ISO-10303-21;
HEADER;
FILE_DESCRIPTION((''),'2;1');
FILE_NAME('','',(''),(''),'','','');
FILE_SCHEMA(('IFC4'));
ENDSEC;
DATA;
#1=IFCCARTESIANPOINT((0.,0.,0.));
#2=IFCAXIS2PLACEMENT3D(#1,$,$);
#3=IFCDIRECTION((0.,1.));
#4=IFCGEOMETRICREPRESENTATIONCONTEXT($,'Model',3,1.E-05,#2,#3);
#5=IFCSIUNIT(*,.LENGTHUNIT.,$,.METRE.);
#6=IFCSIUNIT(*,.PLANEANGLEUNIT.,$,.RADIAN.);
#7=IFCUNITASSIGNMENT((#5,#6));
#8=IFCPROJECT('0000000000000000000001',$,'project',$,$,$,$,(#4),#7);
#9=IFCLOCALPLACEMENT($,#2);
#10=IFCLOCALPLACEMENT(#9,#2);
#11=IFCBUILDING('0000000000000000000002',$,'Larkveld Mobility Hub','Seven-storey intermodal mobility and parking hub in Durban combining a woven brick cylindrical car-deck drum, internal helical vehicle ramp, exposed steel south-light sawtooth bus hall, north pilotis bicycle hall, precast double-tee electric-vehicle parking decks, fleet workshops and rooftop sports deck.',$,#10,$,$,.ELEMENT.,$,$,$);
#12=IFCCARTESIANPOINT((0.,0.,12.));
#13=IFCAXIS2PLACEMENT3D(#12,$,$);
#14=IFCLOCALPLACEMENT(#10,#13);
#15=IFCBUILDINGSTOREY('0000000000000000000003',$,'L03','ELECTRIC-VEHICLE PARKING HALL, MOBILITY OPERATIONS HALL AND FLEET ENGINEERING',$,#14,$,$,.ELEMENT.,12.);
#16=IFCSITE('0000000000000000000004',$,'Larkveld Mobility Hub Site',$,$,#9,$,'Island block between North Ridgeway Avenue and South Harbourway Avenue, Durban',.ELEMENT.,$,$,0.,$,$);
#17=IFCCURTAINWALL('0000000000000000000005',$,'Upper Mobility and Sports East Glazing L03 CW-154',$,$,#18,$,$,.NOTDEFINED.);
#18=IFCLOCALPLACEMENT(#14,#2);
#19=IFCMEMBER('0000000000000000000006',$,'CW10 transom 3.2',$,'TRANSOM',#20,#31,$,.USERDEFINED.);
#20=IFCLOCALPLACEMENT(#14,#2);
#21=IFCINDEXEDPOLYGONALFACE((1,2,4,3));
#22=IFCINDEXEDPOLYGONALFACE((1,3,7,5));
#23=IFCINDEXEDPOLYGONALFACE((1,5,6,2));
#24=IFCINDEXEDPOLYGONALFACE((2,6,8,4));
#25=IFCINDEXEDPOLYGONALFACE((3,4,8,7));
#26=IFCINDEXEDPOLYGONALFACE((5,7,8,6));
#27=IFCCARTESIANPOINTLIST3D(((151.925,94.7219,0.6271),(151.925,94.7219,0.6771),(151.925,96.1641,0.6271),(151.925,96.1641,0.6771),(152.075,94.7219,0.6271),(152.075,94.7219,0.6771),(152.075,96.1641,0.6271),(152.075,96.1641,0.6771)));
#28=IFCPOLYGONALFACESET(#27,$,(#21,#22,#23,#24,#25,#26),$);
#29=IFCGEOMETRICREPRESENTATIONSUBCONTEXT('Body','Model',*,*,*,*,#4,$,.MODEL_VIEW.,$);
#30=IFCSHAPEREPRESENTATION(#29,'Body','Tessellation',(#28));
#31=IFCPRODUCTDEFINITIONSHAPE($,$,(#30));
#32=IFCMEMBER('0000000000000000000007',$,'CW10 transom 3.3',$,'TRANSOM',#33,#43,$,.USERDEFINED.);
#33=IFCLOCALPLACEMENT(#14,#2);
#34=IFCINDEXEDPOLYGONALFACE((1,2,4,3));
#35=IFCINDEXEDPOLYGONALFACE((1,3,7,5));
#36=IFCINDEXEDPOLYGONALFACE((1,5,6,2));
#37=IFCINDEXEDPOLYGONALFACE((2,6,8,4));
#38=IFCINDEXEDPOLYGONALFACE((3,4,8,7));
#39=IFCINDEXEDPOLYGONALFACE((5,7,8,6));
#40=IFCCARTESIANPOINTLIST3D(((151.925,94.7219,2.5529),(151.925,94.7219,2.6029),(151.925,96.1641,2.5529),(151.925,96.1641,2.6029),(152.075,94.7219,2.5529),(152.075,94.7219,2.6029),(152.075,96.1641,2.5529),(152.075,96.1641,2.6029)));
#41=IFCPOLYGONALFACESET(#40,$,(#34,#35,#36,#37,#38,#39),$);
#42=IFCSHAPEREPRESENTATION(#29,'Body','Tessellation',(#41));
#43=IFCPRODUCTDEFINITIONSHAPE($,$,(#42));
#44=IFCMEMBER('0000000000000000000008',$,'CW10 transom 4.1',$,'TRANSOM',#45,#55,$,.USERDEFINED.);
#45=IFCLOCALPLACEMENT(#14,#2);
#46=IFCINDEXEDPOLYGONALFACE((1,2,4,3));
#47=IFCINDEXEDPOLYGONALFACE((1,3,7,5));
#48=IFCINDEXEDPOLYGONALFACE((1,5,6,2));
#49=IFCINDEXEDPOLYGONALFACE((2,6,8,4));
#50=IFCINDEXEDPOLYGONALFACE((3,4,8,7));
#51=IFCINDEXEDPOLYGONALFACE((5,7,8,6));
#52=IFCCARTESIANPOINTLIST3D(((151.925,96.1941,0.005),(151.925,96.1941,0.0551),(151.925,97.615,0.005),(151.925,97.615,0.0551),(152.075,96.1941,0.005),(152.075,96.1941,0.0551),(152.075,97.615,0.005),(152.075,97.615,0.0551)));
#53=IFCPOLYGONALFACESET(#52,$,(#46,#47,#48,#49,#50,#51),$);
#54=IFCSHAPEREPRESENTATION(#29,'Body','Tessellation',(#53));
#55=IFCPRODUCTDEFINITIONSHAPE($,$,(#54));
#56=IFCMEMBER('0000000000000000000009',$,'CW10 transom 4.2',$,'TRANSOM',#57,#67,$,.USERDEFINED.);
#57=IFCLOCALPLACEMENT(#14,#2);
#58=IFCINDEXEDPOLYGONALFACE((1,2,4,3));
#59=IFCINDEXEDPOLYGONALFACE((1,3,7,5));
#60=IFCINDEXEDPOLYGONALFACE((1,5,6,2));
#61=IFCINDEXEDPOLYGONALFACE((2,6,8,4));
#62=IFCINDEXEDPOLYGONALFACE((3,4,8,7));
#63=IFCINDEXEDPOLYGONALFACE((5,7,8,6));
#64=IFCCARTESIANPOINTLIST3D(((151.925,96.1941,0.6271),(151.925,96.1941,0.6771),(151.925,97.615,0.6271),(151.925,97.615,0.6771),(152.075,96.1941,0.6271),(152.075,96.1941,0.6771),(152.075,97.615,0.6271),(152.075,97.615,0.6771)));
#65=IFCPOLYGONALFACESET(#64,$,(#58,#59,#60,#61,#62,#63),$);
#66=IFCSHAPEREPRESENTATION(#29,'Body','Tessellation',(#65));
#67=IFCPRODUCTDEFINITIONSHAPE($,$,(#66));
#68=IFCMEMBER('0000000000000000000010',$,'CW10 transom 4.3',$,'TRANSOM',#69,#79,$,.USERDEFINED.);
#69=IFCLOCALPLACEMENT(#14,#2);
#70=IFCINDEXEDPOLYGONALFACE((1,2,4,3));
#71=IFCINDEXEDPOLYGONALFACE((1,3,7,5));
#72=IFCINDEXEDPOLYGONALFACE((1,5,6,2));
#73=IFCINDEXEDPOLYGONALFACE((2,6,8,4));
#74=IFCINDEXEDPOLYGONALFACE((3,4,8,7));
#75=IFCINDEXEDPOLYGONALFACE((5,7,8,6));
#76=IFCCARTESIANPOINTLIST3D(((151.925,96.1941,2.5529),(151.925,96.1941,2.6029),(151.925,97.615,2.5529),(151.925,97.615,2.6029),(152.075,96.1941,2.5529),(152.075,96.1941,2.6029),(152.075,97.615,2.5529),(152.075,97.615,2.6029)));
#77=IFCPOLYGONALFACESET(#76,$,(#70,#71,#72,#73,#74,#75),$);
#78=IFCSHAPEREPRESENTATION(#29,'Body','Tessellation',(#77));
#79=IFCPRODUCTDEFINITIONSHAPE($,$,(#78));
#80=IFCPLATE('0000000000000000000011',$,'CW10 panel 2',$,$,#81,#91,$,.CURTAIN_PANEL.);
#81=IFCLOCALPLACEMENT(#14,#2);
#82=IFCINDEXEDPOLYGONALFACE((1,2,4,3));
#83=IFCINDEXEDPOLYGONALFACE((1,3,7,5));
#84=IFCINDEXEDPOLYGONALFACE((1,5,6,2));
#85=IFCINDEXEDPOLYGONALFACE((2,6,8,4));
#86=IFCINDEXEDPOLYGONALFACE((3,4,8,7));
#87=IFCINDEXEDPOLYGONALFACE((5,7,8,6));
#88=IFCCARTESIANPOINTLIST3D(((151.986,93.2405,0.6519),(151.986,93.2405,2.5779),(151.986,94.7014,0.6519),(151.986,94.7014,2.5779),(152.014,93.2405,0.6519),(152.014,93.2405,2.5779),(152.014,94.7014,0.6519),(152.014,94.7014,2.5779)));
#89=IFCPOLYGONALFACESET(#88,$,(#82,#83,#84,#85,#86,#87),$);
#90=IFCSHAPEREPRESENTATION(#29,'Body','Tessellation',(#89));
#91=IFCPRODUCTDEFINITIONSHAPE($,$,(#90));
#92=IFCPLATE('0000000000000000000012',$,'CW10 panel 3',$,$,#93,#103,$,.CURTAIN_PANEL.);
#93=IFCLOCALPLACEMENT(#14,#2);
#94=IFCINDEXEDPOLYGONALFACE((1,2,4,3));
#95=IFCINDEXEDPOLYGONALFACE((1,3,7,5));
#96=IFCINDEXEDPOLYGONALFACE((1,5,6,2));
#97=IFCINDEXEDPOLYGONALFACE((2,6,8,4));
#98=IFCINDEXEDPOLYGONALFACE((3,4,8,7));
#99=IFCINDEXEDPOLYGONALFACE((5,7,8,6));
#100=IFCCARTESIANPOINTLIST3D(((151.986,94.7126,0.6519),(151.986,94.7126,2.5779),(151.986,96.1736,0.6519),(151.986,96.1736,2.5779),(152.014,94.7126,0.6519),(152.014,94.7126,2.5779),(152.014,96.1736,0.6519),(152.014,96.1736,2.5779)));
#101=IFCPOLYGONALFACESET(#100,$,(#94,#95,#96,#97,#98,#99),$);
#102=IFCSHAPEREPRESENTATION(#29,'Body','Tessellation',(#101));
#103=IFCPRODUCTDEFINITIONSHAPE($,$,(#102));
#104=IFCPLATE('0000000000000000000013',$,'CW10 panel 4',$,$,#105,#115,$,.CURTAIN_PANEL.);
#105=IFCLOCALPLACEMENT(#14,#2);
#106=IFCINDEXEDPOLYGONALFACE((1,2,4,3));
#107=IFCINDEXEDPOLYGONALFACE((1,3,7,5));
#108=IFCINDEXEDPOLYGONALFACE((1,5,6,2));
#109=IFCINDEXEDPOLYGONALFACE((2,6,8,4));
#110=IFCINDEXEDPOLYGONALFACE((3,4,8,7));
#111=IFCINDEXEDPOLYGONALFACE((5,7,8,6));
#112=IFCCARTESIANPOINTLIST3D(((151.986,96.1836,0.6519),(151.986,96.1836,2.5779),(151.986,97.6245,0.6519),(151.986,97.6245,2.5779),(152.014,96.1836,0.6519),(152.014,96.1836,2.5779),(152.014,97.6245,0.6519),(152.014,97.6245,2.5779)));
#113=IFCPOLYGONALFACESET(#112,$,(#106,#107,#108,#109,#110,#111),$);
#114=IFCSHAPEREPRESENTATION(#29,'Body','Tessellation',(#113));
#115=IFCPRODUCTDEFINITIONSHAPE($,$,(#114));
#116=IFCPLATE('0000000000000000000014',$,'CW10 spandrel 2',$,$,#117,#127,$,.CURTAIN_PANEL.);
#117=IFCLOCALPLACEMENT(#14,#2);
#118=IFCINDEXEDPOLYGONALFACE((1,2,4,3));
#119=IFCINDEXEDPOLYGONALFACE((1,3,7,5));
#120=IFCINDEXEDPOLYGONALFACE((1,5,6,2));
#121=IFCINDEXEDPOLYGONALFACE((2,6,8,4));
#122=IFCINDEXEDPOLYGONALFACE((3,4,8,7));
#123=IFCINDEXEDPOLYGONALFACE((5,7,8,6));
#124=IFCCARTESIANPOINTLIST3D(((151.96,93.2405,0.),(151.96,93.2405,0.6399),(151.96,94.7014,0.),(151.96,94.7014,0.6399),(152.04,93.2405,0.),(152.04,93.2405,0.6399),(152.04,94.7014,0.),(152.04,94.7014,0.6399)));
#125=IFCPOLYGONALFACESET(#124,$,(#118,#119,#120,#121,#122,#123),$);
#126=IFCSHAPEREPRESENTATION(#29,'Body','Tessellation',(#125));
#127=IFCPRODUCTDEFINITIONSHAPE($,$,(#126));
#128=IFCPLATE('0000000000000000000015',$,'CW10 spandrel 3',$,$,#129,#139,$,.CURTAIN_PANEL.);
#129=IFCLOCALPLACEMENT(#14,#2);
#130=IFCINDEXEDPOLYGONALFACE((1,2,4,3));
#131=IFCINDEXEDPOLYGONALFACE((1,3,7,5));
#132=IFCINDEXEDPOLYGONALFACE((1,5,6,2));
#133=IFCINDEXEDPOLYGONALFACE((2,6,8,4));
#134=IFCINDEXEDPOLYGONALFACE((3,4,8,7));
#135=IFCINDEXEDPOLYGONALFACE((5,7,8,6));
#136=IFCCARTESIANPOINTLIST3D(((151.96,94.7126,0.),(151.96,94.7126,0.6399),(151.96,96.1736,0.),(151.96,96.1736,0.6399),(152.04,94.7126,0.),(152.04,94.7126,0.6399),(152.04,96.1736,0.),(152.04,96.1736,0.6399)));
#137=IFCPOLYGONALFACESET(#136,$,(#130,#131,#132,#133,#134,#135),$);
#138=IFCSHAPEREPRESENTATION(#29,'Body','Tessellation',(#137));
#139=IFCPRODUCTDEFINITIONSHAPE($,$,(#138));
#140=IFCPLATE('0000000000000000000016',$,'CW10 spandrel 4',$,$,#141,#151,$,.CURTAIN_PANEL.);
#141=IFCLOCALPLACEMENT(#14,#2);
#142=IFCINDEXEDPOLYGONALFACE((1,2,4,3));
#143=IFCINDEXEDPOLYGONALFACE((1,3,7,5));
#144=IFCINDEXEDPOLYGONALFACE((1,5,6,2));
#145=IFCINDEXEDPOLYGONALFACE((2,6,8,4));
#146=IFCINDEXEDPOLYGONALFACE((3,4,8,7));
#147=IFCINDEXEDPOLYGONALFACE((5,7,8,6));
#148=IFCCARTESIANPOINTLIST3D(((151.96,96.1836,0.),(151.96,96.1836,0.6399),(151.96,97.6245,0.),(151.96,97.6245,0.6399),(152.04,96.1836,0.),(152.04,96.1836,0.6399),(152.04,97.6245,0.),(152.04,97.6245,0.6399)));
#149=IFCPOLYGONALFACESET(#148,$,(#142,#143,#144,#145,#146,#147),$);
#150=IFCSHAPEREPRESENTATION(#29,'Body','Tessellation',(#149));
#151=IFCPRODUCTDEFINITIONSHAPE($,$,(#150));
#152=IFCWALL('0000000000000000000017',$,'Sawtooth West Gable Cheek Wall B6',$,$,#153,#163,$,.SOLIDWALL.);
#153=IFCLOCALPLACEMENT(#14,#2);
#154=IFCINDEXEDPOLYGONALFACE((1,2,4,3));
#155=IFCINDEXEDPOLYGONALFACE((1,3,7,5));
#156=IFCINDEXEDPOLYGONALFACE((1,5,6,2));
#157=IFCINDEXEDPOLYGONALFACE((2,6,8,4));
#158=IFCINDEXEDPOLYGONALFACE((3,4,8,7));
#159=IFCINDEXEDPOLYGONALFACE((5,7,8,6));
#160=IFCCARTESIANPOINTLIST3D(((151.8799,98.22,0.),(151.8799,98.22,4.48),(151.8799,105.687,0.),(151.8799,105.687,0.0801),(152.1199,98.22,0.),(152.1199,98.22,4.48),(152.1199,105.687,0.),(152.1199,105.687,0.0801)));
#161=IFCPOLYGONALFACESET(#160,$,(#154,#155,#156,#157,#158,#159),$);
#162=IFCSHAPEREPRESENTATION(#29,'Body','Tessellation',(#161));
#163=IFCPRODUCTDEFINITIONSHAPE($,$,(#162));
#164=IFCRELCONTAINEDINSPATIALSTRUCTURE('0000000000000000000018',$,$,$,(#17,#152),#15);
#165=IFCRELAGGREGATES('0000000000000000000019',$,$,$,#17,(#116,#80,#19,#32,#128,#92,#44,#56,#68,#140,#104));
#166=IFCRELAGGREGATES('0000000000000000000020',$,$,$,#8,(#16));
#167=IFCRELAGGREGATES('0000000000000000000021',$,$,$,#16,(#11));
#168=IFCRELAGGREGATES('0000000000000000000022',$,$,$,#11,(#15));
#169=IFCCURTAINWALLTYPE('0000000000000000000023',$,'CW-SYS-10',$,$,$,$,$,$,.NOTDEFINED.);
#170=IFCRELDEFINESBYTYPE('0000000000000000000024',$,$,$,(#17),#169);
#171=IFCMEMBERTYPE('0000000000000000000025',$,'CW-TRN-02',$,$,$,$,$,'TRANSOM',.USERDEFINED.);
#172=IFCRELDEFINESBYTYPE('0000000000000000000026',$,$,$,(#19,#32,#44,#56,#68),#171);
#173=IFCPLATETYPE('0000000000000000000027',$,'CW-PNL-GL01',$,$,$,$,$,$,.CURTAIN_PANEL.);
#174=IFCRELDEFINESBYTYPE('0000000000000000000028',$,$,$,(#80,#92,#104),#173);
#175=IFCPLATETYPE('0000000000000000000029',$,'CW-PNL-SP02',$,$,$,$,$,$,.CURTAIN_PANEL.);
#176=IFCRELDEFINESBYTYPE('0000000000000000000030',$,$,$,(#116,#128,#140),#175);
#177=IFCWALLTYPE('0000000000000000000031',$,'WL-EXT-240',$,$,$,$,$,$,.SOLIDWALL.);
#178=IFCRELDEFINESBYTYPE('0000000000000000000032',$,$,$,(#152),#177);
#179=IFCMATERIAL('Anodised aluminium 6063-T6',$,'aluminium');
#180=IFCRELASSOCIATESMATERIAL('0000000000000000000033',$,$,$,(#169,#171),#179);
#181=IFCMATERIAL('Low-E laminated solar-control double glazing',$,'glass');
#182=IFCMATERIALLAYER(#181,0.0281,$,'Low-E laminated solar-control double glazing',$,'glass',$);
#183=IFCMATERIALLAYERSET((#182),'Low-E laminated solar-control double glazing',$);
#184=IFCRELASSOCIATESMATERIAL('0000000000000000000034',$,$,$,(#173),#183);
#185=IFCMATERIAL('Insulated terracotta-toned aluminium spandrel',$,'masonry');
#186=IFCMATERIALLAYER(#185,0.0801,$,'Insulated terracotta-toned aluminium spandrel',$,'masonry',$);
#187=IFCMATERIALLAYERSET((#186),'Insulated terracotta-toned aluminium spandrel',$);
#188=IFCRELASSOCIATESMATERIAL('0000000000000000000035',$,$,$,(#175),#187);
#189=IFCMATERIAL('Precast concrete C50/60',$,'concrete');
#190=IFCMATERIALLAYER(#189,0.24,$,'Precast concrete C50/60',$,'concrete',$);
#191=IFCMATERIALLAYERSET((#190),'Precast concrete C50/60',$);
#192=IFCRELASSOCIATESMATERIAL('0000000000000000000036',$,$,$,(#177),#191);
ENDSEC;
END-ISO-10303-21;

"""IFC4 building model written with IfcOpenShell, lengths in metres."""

from ifc_helpers import new_model, si_unit, direction, frame, origin, origin_2d, place, context, subcontext, project, spatial, polyline, rectangle, outline, extrude, material, layer, layer_set, material_profile, profile_set, type_object, element, aggregate, save


model = new_model("IFC4")

# Units and contexts
model_context = context("Model", 3, precision=1e-05, world=origin(), true_north=direction((0.0, 1.0)))
body_context = subcontext(model_context, "Body", "Model", "MODEL_VIEW")
ifc_project = project(units=[si_unit("LENGTHUNIT", "METRE"), si_unit("PLANEANGLEUNIT", "RADIAN")], contexts=[model_context])

# Site, building, storey
site_placement = place(None, origin())
site = spatial("IfcSite", under=ifc_project, at=site_placement, Name="Larkveld Mobility Hub Site", LongName="Island block between North Ridgeway Avenue and South Harbourway Avenue, Durban", CompositionType="ELEMENT", RefElevation=0.0)
building_placement = place(site_placement, origin())
building = spatial("IfcBuilding", under=site, at=building_placement, Name="Larkveld Mobility Hub", Description="Seven-storey intermodal mobility and parking hub in Durban combining a woven brick cylindrical car-deck drum, internal helical vehicle ramp, exposed steel south-light sawtooth bus hall, north pilotis bicycle hall, precast double-tee electric-vehicle parking decks, fleet workshops and rooftop sports deck.", CompositionType="ELEMENT")
storey_placement = place(building_placement, frame((0.0, 0.0, 12.0)))
storey = spatial("IfcBuildingStorey", under=building, at=storey_placement, Name="L03", Description="ELECTRIC-VEHICLE PARKING HALL, MOBILITY OPERATIONS HALL AND FLEET ENGINEERING", CompositionType="ELEMENT", Elevation=12.0)

# Shared definitions
ifc_material_1 = material(Name="Precast concrete C50/60", Category="concrete")

# Curtain wall, members, plates
ifc_material_2 = material(Name="Anodised aluminium 6063-T6", Category="aluminium")
curtain_wall_type = type_object("IfcCurtainWallType", Name="CW-SYS-10", PredefinedType="NOTDEFINED", material=ifc_material_2)
curtain_wall_placement = place(storey_placement, origin())
curtain_wall = element("IfcCurtainWall", 1, at=curtain_wall_placement, inside=storey, type_object=curtain_wall_type, Name="Upper Mobility and Sports East Glazing L03 CW-154", PredefinedType="NOTDEFINED")
ifc_material_profile_1 = material_profile(ifc_material_2, rectangle(XDim=0.1499, YDim=0.05, at=origin_2d()), Name="ALU TRAN 50x150")
ifc_profile_set_1 = profile_set([ifc_material_profile_1], Name="Anodised aluminium 6063-T6")
member_type_1 = type_object("IfcMemberType", Name="CW-TRN-02", ElementType="TRANSOM", PredefinedType="USERDEFINED", material=ifc_profile_set_1)
member_1_placement = place(storey_placement, frame((152.0, 94.7219, 0.6521), z_axis=(0.0, 1.0, 0.0), x_axis=(-1.0, 0.0, 0.0)))
member_1 = element("IfcMember", 2, at=member_1_placement, type_object=member_type_1, Name="CW10 transom 3.2", ObjectType="TRANSOM", PredefinedType="USERDEFINED", context=body_context, shape_type="SweptSolid", body=[
    extrude(rectangle(XDim=0.1499, YDim=0.05, at=origin_2d()), origin(), (0.0, 0.0, 1.0), 1.4421),
])
member_2_placement = place(storey_placement, frame((152.0, 94.7219, 2.5779), z_axis=(0.0, 1.0, 0.0), x_axis=(-1.0, 0.0, 0.0)))
member_2 = element("IfcMember", 3, at=member_2_placement, type_object=member_type_1, Name="CW10 transom 3.3", ObjectType="TRANSOM", PredefinedType="USERDEFINED", context=body_context, shape_type="SweptSolid", body=[
    extrude(rectangle(XDim=0.1499, YDim=0.05, at=origin_2d()), origin(), (0.0, 0.0, 1.0), 1.4421),
])
member_3_placement = place(storey_placement, frame((152.0, 96.1941, 0.03), z_axis=(0.0, 1.0, 0.0), x_axis=(-1.0, 0.0, 0.0)))
member_3 = element("IfcMember", 4, at=member_3_placement, type_object=member_type_1, Name="CW10 transom 4.1", ObjectType="TRANSOM", PredefinedType="USERDEFINED", context=body_context, shape_type="SweptSolid", body=[
    extrude(rectangle(XDim=0.1499, YDim=0.05, at=origin_2d()), origin(), (0.0, 0.0, 1.0), 1.4209),
])
member_4_placement = place(storey_placement, frame((152.0, 96.1941, 0.6521), z_axis=(0.0, 1.0, 0.0), x_axis=(-1.0, 0.0, 0.0)))
member_4 = element("IfcMember", 5, at=member_4_placement, type_object=member_type_1, Name="CW10 transom 4.2", ObjectType="TRANSOM", PredefinedType="USERDEFINED", context=body_context, shape_type="SweptSolid", body=[
    extrude(rectangle(XDim=0.1499, YDim=0.05, at=origin_2d()), origin(), (0.0, 0.0, 1.0), 1.4209),
])
member_5_placement = place(storey_placement, frame((152.0, 96.1941, 2.5779), z_axis=(0.0, 1.0, 0.0), x_axis=(-1.0, 0.0, 0.0)))
member_5 = element("IfcMember", 6, at=member_5_placement, type_object=member_type_1, Name="CW10 transom 4.3", ObjectType="TRANSOM", PredefinedType="USERDEFINED", context=body_context, shape_type="SweptSolid", body=[
    extrude(rectangle(XDim=0.1499, YDim=0.05, at=origin_2d()), origin(), (0.0, 0.0, 1.0), 1.4209),
])
ifc_material_3 = material(Name="Low-E laminated solar-control double glazing", Category="glass")
ifc_layer_1 = layer(ifc_material_3, 0.0281, Name="Low-E laminated solar-control double glazing", Category="glass")
ifc_layer_set_1 = layer_set([ifc_layer_1], Name="Low-E laminated solar-control double glazing")
plate_type_1 = type_object("IfcPlateType", Name="CW-PNL-GL01", PredefinedType="CURTAIN_PANEL", material=ifc_layer_set_1)
plate_1_placement = place(storey_placement, frame((152.0, 93.9709, 0.6519), z_axis=(0.0, 0.0, 1.0), x_axis=(0.0, 1.0, 0.0)))
plate_1 = element("IfcPlate", 7, at=plate_1_placement, type_object=plate_type_1, Name="CW10 panel 2", PredefinedType="CURTAIN_PANEL", context=body_context, shape_type="SweptSolid", body=[
    extrude(rectangle(XDim=1.4609, YDim=0.0281, at=origin_2d()), origin(), (0.0, 0.0, 1.0), 1.926),
])
plate_2_placement = place(storey_placement, frame((152.0, 95.4431, 0.6519), z_axis=(0.0, 0.0, 1.0), x_axis=(0.0, 1.0, 0.0)))
plate_2 = element("IfcPlate", 8, at=plate_2_placement, type_object=plate_type_1, Name="CW10 panel 3", PredefinedType="CURTAIN_PANEL", context=body_context, shape_type="SweptSolid", body=[
    extrude(rectangle(XDim=1.4609, YDim=0.0281, at=origin_2d()), origin(), (0.0, 0.0, 1.0), 1.926),
])
plate_3_placement = place(storey_placement, frame((152.0, 96.9041, 0.6519), z_axis=(0.0, 0.0, 1.0), x_axis=(0.0, 1.0, 0.0)))
plate_3 = element("IfcPlate", 9, at=plate_3_placement, type_object=plate_type_1, Name="CW10 panel 4", PredefinedType="CURTAIN_PANEL", context=body_context, shape_type="SweptSolid", body=[
    extrude(rectangle(XDim=1.4409, YDim=0.0281, at=origin_2d()), origin(), (0.0, 0.0, 1.0), 1.926),
])
ifc_material_4 = material(Name="Insulated terracotta-toned aluminium spandrel", Category="masonry")
ifc_layer_2 = layer(ifc_material_4, 0.0801, Name="Insulated terracotta-toned aluminium spandrel", Category="masonry")
ifc_layer_set_2 = layer_set([ifc_layer_2], Name="Insulated terracotta-toned aluminium spandrel")
plate_type_2 = type_object("IfcPlateType", Name="CW-PNL-SP02", PredefinedType="CURTAIN_PANEL", material=ifc_layer_set_2)
plate_4_placement = place(storey_placement, frame((152.0, 93.9709, 0.0), z_axis=(0.0, 0.0, 1.0), x_axis=(0.0, 1.0, 0.0)))
plate_4 = element("IfcPlate", 10, at=plate_4_placement, type_object=plate_type_2, Name="CW10 spandrel 2", PredefinedType="CURTAIN_PANEL", context=body_context, shape_type="SweptSolid", body=[
    extrude(rectangle(XDim=1.4609, YDim=0.0801, at=origin_2d()), origin(), (0.0, 0.0, 1.0), 0.6399),
])
plate_5_placement = place(storey_placement, frame((152.0, 95.4431, 0.0), z_axis=(0.0, 0.0, 1.0), x_axis=(0.0, 1.0, 0.0)))
plate_5 = element("IfcPlate", 11, at=plate_5_placement, type_object=plate_type_2, Name="CW10 spandrel 3", PredefinedType="CURTAIN_PANEL", context=body_context, shape_type="SweptSolid", body=[
    extrude(rectangle(XDim=1.4609, YDim=0.0801, at=origin_2d()), origin(), (0.0, 0.0, 1.0), 0.6399),
])
plate_6_placement = place(storey_placement, frame((152.0, 96.9041, 0.0), z_axis=(0.0, 0.0, 1.0), x_axis=(0.0, 1.0, 0.0)))
plate_6 = element("IfcPlate", 12, at=plate_6_placement, type_object=plate_type_2, Name="CW10 spandrel 4", PredefinedType="CURTAIN_PANEL", context=body_context, shape_type="SweptSolid", body=[
    extrude(rectangle(XDim=1.4409, YDim=0.0801, at=origin_2d()), origin(), (0.0, 0.0, 1.0), 0.6399),
])
aggregate(curtain_wall, [plate_4, plate_1, member_1, member_2, plate_5, plate_2, member_3, member_4, member_5, plate_6, plate_3])

# Wall
ifc_layer_3 = layer(ifc_material_1, 0.24, Name="Precast concrete C50/60", Category="concrete")
ifc_layer_set_3 = layer_set([ifc_layer_3], Name="Precast concrete C50/60")
wall_type_1 = type_object("IfcWallType", Name="WL-EXT-240", PredefinedType="SOLIDWALL", material=ifc_layer_set_3)
wall_1_placement = place(storey_placement, frame((152.0, 98.22, 0.0), z_axis=(0.0, 0.0, 1.0), x_axis=(0.0, 1.0, 0.0)))
element("IfcWall", 13, at=wall_1_placement, inside=storey, type_object=wall_type_1, Name="Sawtooth West Gable Cheek Wall B6", PredefinedType="SOLIDWALL", context=body_context, shape_type="SweptSolid", body=[
    extrude(outline(polyline([(0.0, 0.0), (7.467, 0.0), (7.467, 0.0801), (0.0, 4.48), (0.0, 0.0)])), frame((0.0, 0.1201, 0.0), z_axis=(0.0, -1.0, 0.0), x_axis=(1.0, 0.0, 0.0)), (0.0, 0.0, 1.0), 0.24),
])

save(model, "model.ifc")
